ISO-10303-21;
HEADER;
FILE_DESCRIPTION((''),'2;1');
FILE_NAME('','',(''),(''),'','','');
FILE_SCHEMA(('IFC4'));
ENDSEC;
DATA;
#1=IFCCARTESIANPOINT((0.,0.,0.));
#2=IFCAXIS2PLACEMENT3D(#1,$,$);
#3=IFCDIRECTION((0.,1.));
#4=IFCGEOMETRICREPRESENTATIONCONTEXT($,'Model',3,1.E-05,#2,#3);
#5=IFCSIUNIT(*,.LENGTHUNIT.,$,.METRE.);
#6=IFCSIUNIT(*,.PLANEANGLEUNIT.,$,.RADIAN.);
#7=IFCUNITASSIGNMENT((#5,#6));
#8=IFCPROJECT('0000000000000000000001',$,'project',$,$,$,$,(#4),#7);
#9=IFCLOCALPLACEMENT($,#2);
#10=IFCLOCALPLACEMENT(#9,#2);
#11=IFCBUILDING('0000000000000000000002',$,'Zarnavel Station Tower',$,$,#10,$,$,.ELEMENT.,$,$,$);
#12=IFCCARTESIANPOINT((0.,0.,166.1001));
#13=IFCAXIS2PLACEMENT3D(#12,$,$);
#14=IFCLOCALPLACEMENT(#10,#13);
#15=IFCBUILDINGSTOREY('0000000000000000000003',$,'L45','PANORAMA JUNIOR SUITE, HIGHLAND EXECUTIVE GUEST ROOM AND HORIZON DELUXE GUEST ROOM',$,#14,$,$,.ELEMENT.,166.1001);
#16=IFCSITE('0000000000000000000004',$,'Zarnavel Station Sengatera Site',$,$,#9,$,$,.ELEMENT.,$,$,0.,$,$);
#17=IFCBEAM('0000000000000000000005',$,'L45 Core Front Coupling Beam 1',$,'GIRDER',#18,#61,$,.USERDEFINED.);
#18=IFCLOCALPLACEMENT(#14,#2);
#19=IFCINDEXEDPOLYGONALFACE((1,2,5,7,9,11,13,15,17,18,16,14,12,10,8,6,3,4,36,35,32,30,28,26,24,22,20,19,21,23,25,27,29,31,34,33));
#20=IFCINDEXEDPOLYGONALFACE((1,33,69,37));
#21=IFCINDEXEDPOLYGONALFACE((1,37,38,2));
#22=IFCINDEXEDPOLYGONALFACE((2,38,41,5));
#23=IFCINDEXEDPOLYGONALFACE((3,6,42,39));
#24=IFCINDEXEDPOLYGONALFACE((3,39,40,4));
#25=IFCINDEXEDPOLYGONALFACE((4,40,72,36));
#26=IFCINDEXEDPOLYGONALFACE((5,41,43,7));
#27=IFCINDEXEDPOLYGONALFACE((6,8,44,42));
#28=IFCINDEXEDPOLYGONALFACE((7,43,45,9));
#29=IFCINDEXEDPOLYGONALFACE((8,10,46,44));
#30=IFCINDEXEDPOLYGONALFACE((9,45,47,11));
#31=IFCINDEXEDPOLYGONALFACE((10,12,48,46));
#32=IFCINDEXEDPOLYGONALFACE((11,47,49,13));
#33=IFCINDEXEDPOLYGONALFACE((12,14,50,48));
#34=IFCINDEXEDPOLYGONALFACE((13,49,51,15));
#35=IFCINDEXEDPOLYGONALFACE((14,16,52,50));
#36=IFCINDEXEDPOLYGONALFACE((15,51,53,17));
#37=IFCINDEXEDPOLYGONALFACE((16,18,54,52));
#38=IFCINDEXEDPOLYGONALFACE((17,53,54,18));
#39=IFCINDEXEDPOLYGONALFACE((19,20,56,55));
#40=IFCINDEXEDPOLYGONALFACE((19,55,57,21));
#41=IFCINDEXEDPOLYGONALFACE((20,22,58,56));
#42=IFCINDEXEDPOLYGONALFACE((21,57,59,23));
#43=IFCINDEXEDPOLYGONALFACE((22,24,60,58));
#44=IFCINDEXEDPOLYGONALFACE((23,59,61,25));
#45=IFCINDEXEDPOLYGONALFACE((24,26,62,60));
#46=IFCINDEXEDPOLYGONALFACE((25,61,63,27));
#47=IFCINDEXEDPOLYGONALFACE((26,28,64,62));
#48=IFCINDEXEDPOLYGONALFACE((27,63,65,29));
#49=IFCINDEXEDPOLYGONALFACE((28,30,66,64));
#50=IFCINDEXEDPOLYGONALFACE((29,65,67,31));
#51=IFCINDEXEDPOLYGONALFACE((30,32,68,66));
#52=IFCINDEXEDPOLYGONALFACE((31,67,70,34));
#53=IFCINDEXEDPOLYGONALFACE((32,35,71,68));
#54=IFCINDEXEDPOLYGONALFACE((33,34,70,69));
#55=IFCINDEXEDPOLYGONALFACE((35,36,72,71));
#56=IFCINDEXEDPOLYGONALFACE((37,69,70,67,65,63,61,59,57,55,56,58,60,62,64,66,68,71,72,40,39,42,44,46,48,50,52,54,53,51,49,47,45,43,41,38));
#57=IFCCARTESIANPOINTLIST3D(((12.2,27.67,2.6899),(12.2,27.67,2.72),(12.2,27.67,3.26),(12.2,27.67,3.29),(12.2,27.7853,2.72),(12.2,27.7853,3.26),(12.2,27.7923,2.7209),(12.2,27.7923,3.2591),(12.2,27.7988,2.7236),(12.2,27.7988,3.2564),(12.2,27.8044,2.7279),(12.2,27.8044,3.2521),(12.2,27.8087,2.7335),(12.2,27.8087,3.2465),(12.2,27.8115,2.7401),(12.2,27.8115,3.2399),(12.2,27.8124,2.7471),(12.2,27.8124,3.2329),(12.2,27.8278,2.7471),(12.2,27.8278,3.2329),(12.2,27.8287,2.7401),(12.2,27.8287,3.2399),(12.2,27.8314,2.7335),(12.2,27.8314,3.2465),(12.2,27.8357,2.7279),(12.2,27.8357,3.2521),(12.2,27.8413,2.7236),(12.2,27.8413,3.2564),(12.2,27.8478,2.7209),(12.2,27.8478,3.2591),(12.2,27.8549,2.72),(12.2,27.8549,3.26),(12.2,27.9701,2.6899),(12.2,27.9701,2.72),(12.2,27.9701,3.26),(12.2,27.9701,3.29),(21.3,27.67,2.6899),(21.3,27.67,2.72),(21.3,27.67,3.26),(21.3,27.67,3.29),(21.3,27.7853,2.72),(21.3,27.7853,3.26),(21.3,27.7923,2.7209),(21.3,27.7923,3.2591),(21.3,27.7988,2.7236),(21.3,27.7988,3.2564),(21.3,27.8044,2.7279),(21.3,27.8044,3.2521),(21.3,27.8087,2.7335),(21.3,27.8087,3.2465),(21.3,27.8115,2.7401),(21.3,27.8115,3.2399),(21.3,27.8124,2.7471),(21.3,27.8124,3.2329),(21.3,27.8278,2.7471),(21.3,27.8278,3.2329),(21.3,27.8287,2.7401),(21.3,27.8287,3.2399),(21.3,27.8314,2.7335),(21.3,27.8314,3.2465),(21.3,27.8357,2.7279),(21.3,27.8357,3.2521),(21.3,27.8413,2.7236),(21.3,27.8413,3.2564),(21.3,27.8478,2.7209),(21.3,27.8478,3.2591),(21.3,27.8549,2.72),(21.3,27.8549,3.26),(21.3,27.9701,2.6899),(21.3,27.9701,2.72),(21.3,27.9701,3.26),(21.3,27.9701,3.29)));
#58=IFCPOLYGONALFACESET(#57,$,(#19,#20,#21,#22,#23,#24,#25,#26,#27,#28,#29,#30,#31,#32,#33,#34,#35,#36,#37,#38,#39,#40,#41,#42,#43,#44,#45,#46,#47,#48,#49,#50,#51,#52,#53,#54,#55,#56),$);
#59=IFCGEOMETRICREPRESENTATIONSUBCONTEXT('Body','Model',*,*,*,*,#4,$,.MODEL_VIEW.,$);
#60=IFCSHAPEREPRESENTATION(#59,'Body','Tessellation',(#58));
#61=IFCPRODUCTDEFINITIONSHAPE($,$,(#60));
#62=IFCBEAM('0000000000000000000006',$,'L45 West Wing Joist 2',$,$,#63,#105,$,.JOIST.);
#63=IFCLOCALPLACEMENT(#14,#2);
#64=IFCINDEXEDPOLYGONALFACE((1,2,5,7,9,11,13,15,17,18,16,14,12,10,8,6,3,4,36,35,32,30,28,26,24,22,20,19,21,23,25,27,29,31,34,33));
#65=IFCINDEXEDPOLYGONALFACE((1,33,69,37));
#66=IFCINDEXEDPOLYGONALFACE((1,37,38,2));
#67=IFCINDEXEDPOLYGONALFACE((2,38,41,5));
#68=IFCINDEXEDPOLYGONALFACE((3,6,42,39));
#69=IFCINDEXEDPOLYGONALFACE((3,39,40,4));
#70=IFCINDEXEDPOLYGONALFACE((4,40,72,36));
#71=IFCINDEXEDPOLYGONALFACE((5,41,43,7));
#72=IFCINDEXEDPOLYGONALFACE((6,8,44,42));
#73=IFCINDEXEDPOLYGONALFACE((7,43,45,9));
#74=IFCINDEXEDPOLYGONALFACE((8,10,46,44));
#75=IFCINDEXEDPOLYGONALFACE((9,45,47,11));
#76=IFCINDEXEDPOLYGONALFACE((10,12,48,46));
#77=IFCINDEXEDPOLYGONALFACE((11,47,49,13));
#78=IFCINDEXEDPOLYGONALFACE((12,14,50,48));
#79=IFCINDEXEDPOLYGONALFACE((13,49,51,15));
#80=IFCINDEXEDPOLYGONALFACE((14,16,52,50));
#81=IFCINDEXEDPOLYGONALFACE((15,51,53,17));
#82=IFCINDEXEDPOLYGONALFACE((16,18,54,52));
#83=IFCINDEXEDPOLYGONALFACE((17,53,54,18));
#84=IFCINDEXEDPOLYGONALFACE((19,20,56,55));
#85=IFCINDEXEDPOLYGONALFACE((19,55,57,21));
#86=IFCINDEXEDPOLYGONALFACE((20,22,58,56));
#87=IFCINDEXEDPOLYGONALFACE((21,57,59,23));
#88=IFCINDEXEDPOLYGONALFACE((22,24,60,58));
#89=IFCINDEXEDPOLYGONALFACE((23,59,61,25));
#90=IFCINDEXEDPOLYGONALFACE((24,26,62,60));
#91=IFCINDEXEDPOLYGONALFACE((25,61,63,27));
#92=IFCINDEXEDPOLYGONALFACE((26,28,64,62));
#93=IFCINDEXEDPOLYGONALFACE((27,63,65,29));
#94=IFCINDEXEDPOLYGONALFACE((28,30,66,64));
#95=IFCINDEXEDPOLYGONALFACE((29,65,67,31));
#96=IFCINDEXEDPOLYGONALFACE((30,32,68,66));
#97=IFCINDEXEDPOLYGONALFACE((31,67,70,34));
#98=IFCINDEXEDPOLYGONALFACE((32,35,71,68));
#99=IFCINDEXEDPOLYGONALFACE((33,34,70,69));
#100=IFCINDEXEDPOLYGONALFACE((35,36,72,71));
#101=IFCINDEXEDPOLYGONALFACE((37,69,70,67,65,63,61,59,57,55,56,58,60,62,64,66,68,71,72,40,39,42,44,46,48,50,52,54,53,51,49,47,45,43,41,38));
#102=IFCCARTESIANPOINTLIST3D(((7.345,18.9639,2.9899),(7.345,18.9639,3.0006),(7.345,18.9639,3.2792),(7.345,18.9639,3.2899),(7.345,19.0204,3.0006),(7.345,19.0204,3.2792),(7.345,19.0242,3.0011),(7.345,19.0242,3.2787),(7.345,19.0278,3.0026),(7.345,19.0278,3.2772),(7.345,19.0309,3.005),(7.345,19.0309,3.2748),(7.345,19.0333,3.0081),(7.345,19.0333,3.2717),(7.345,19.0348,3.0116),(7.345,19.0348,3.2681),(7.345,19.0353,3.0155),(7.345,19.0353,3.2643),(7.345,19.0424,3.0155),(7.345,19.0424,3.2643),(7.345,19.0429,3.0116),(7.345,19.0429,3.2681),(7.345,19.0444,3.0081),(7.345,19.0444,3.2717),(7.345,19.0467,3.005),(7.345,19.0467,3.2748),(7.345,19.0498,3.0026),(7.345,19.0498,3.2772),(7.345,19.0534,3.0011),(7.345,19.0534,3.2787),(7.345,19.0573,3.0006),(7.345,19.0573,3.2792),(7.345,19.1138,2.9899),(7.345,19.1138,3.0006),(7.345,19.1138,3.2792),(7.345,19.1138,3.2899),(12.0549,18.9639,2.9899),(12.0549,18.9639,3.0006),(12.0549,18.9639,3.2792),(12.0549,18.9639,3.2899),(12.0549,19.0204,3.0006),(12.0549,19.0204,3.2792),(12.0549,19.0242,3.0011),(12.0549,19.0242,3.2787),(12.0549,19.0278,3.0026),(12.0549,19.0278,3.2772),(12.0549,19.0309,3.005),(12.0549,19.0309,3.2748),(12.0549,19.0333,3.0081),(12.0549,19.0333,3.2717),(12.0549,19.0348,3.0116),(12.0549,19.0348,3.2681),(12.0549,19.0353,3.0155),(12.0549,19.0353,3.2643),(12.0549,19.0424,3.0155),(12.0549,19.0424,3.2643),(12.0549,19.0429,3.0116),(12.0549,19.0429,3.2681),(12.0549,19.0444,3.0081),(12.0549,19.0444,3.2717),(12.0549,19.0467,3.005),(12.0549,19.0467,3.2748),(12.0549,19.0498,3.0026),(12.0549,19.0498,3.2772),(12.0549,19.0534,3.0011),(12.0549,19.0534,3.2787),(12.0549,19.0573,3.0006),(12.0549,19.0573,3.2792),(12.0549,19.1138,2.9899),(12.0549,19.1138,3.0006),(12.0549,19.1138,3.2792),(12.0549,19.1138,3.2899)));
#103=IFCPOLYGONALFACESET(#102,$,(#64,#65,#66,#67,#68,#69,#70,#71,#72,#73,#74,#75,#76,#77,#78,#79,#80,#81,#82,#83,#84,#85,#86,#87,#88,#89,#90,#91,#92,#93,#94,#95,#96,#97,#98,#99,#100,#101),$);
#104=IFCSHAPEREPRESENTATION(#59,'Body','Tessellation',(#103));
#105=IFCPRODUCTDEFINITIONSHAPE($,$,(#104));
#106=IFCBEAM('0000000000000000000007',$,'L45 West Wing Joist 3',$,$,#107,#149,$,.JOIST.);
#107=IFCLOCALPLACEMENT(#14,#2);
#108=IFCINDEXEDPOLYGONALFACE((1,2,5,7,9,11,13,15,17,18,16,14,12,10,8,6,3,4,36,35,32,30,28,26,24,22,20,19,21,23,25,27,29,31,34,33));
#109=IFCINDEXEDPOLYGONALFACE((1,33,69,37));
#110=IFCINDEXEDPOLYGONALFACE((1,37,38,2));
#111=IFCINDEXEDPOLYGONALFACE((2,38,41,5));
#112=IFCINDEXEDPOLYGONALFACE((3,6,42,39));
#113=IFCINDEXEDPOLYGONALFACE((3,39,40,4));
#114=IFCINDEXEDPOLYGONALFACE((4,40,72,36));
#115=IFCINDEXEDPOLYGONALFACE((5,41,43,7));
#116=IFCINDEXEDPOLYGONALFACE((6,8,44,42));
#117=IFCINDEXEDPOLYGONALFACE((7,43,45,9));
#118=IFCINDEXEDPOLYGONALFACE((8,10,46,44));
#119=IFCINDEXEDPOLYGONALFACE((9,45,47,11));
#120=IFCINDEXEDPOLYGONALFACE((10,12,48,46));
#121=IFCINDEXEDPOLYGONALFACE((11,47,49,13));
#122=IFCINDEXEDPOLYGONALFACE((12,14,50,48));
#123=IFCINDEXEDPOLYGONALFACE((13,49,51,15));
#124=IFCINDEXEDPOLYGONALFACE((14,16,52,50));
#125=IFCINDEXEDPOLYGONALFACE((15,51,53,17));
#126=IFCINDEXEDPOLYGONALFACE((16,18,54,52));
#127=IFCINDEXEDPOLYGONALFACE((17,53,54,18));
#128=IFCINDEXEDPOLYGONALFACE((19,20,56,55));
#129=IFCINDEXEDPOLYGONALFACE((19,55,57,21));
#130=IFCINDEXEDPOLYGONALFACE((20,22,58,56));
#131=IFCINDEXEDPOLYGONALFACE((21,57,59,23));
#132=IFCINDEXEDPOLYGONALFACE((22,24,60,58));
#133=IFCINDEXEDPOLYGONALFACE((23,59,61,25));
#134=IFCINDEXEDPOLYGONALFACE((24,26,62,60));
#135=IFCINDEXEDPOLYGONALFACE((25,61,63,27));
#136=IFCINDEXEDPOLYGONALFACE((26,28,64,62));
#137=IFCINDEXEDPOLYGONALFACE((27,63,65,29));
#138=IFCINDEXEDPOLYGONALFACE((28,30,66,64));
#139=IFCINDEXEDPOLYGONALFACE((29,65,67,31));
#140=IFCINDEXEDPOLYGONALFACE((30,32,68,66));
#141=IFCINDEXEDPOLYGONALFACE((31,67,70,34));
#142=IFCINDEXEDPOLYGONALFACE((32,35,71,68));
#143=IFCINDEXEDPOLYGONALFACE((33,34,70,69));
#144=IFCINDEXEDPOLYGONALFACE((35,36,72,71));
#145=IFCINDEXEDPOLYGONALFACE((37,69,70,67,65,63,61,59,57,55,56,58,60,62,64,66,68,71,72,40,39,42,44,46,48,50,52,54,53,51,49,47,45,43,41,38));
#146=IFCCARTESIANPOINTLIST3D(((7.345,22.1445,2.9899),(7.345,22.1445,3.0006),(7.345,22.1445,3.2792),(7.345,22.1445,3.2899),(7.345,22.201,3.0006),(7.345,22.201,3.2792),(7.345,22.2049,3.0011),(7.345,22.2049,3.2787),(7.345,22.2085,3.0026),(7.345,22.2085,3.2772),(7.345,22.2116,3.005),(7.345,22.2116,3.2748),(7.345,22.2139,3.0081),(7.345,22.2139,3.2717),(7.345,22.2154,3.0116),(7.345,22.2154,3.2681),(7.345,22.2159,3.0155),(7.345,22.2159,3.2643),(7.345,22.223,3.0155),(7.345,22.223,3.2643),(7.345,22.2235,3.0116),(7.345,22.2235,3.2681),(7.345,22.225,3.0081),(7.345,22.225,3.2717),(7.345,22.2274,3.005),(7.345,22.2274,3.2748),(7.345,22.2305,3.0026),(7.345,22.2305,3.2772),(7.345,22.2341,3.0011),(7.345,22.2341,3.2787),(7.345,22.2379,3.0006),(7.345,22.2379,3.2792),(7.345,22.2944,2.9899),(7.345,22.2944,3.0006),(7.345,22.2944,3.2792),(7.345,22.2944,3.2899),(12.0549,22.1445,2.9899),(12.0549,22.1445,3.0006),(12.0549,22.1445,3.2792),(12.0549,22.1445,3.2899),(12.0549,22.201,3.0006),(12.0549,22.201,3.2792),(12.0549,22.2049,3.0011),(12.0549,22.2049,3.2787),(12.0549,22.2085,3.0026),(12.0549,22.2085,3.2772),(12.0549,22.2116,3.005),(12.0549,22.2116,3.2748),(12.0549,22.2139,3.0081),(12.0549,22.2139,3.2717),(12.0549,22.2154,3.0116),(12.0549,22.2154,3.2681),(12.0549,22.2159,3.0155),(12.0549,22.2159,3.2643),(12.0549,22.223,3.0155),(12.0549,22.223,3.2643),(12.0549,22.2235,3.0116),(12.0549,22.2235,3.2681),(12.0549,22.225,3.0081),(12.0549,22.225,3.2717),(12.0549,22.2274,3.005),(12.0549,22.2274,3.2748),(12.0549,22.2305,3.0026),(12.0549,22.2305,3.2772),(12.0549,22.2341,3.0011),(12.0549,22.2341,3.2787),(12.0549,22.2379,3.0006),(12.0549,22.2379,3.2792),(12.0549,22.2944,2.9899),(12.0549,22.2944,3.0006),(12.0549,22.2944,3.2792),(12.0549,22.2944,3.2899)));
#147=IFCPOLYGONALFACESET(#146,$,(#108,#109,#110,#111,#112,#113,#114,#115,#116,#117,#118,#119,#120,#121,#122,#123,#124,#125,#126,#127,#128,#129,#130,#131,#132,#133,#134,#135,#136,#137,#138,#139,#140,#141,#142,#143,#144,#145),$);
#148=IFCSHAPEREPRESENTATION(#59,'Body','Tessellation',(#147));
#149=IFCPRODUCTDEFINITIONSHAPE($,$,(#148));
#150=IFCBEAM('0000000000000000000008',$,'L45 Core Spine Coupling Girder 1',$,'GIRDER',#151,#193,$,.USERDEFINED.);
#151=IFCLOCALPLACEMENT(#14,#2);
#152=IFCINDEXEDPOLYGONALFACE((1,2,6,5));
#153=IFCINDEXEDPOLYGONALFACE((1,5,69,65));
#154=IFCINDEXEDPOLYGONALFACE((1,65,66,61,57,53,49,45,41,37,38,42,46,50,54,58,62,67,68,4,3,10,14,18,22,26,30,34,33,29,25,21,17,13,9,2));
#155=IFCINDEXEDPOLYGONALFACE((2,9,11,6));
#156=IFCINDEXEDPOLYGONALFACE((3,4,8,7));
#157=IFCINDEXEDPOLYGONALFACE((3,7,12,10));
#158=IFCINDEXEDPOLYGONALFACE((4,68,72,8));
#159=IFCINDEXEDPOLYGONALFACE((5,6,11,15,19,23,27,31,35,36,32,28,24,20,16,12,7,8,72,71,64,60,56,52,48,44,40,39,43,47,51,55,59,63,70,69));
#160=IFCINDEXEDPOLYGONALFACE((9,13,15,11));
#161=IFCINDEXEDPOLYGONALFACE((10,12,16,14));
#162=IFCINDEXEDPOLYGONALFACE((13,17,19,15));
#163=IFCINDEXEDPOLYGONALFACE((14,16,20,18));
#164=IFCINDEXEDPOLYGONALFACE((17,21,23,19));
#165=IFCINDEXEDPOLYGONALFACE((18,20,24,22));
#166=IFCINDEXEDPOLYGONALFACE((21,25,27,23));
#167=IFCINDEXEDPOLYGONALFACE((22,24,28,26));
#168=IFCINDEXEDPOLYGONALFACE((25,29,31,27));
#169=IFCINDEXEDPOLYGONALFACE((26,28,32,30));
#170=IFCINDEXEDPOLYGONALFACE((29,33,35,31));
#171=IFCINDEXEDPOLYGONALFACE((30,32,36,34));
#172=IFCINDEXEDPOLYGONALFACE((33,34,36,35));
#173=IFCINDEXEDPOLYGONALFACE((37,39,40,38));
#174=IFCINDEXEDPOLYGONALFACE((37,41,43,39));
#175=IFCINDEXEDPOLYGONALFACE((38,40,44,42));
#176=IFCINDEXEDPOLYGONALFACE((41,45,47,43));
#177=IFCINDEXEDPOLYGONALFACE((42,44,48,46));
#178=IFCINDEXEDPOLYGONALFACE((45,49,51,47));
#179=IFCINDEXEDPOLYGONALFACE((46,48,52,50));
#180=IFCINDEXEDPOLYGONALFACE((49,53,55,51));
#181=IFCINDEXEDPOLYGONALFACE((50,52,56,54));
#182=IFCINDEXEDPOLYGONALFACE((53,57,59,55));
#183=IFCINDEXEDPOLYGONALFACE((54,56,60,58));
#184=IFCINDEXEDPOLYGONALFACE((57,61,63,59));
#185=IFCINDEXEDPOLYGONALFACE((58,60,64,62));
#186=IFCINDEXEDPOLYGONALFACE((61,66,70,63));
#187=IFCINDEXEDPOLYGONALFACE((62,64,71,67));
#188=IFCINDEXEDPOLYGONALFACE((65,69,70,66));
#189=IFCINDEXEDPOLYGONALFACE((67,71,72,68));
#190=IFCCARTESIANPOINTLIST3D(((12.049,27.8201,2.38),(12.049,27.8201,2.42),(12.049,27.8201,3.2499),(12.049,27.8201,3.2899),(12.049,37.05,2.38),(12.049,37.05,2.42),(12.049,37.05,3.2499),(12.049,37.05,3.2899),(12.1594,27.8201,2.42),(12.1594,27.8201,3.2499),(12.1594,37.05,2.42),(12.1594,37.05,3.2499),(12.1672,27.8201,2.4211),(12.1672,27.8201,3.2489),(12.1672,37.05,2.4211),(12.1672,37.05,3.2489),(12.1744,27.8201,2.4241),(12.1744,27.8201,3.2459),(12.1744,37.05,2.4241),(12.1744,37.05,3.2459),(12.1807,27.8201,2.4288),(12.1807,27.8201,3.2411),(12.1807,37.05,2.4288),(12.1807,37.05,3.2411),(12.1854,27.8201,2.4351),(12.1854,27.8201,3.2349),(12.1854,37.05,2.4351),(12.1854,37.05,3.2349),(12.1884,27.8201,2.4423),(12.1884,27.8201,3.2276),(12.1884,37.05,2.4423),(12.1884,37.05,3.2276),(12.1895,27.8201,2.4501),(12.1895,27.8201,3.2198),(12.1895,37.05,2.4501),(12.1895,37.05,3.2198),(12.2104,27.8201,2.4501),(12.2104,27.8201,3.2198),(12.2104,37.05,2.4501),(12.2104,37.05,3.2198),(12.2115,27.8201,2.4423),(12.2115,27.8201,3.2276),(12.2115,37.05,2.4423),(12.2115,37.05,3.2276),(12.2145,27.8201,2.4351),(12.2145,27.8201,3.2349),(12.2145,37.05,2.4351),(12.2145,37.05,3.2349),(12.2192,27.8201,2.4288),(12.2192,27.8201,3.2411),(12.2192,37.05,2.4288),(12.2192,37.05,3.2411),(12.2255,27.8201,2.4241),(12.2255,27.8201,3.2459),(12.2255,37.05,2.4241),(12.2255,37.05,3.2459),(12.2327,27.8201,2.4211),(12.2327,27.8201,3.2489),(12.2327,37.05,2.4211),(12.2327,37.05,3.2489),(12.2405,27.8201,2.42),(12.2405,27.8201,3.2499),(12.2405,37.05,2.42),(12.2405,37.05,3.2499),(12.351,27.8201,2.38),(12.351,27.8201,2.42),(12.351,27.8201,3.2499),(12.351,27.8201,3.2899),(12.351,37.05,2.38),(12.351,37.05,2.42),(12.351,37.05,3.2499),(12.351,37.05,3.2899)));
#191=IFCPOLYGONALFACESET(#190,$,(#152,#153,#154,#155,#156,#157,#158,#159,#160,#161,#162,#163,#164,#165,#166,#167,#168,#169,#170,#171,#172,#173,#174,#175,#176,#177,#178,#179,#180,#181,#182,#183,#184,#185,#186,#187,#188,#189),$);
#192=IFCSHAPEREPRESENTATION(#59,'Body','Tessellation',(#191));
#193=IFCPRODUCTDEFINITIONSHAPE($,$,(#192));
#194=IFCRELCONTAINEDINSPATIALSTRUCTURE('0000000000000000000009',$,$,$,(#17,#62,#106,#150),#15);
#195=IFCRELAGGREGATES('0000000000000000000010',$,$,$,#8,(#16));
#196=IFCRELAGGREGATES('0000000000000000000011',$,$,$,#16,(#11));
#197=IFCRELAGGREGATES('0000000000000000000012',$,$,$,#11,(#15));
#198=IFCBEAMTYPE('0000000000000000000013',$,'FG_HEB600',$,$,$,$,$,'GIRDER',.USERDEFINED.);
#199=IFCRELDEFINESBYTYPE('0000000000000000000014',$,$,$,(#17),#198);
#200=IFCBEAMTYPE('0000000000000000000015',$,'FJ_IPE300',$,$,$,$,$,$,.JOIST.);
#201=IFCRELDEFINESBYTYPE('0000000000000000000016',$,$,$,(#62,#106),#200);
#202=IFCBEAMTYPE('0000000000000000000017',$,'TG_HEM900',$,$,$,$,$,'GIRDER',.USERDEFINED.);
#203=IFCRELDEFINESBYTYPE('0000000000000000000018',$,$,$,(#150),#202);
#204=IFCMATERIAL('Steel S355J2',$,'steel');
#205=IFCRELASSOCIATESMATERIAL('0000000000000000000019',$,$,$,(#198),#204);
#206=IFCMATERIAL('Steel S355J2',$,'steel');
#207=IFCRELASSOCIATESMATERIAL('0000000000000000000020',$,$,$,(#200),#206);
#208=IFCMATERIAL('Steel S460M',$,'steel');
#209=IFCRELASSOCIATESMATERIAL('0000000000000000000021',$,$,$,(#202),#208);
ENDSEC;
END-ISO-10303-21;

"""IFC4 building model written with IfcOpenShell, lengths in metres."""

from ifc_helpers import new_model, si_unit, direction, frame, origin, origin_2d, place, context, subcontext, project, spatial, i_section, extrude, material, material_profile, profile_set, type_object, element, save


model = new_model("IFC4")

# Units and contexts
model_context = context("Model", 3, precision=1e-05, world=origin(), true_north=direction((0.0, 1.0)))
body_context = subcontext(model_context, "Body", "Model", "MODEL_VIEW")
ifc_project = project(units=[si_unit("LENGTHUNIT", "METRE"), si_unit("PLANEANGLEUNIT", "RADIAN")], contexts=[model_context])

# Site, building, storey
site_placement = place(None, origin())
site = spatial("IfcSite", under=ifc_project, at=site_placement, Name="Zarnavel Station Sengatera Site", CompositionType="ELEMENT", RefElevation=0.0)
building_placement = place(site_placement, origin())
building = spatial("IfcBuilding", under=site, at=building_placement, Name="Zarnavel Station Tower", CompositionType="ELEMENT")
storey_placement = place(building_placement, frame((0.0, 0.0, 166.1001)))
storey = spatial("IfcBuildingStorey", under=building, at=storey_placement, Name="L45", Description="PANORAMA JUNIOR SUITE, HIGHLAND EXECUTIVE GUEST ROOM AND HORIZON DELUXE GUEST ROOM", CompositionType="ELEMENT", Elevation=166.1001)

# Beams
ifc_material_1 = material(Name="Steel S355J2", Category="steel")
ifc_material_profile_1 = material_profile(ifc_material_1, i_section(OverallWidth=0.3, OverallDepth=0.6001, WebThickness=0.0154, FlangeThickness=0.03, FilletRadius=0.0271, at=origin_2d()), Name="HEB600")
ifc_profile_set_1 = profile_set([ifc_material_profile_1], Name="Steel S355J2")
beam_type_1 = type_object("IfcBeamType", Name="FG_HEB600", ElementType="GIRDER", PredefinedType="USERDEFINED", material=ifc_profile_set_1)
beam_1_placement = place(storey_placement, frame((12.2, 27.8201, 2.99), z_axis=(1.0, 0.0, 0.0), x_axis=(0.0, 1.0, 0.0)))
element("IfcBeam", 1, at=beam_1_placement, inside=storey, type_object=beam_type_1, Name="L45 Core Front Coupling Beam 1", ObjectType="GIRDER", PredefinedType="USERDEFINED", context=body_context, shape_type="SweptSolid", body=[
    extrude(i_section(OverallWidth=0.3, OverallDepth=0.6001, WebThickness=0.0154, FlangeThickness=0.03, FilletRadius=0.0271, at=origin_2d()), origin(), (0.0, 0.0, 1.0), 9.1001),
])
ifc_material_2 = material(Name="Steel S355J2", Category="steel")
ifc_material_profile_2 = material_profile(ifc_material_2, i_section(OverallWidth=0.1499, OverallDepth=0.3, WebThickness=0.0071, FlangeThickness=0.0107, FilletRadius=0.0149, at=origin_2d()), Name="IPE300")
ifc_profile_set_2 = profile_set([ifc_material_profile_2], Name="Steel S355J2")
beam_type_2 = type_object("IfcBeamType", Name="FJ_IPE300", PredefinedType="JOIST", material=ifc_profile_set_2)
for number, where, z_axis, x_axis, name in (
    (2, (7.345, 19.0388, 3.1399), (1.0, 0.0, 0.0), (0.0, 1.0, 0.0), "L45 West Wing Joist 2"),
    (3, (7.345, 22.2195, 3.1399), (1.0, 0.0, 0.0), (0.0, 1.0, 0.0), "L45 West Wing Joist 3"),
):
    element("IfcBeam", number, at=place(storey_placement, frame(where, z_axis=z_axis, x_axis=x_axis)), inside=storey, type_object=beam_type_2, Name=name, PredefinedType="JOIST", context=body_context, shape_type="SweptSolid", body=[
        extrude(i_section(OverallWidth=0.1499, OverallDepth=0.3, WebThickness=0.0071, FlangeThickness=0.0107, FilletRadius=0.0149, at=origin_2d()), origin(), (0.0, 0.0, 1.0), 4.71),
    ])
ifc_material_3 = material(Name="Steel S460M", Category="steel")
ifc_material_profile_3 = material_profile(ifc_material_3, i_section(OverallWidth=0.302, OverallDepth=0.9099, WebThickness=0.021, FlangeThickness=0.04, FilletRadius=0.03, at=origin_2d()), Name="HEM900")
ifc_profile_set_3 = profile_set([ifc_material_profile_3], Name="Steel S460M")
beam_type_3 = type_object("IfcBeamType", Name="TG_HEM900", ElementType="GIRDER", PredefinedType="USERDEFINED", material=ifc_profile_set_3)
beam_2_placement = place(storey_placement, frame((12.2, 27.8201, 2.835), z_axis=(0.0, 1.0, 0.0), x_axis=(-1.0, 0.0, 0.0)))
element("IfcBeam", 4, at=beam_2_placement, inside=storey, type_object=beam_type_3, Name="L45 Core Spine Coupling Girder 1", ObjectType="GIRDER", PredefinedType="USERDEFINED", context=body_context, shape_type="SweptSolid", body=[
    extrude(i_section(OverallWidth=0.302, OverallDepth=0.9099, WebThickness=0.021, FlangeThickness=0.04, FilletRadius=0.03, at=origin_2d()), origin(), (0.0, 0.0, 1.0), 9.23),
])

save(model, "model.ifc")
